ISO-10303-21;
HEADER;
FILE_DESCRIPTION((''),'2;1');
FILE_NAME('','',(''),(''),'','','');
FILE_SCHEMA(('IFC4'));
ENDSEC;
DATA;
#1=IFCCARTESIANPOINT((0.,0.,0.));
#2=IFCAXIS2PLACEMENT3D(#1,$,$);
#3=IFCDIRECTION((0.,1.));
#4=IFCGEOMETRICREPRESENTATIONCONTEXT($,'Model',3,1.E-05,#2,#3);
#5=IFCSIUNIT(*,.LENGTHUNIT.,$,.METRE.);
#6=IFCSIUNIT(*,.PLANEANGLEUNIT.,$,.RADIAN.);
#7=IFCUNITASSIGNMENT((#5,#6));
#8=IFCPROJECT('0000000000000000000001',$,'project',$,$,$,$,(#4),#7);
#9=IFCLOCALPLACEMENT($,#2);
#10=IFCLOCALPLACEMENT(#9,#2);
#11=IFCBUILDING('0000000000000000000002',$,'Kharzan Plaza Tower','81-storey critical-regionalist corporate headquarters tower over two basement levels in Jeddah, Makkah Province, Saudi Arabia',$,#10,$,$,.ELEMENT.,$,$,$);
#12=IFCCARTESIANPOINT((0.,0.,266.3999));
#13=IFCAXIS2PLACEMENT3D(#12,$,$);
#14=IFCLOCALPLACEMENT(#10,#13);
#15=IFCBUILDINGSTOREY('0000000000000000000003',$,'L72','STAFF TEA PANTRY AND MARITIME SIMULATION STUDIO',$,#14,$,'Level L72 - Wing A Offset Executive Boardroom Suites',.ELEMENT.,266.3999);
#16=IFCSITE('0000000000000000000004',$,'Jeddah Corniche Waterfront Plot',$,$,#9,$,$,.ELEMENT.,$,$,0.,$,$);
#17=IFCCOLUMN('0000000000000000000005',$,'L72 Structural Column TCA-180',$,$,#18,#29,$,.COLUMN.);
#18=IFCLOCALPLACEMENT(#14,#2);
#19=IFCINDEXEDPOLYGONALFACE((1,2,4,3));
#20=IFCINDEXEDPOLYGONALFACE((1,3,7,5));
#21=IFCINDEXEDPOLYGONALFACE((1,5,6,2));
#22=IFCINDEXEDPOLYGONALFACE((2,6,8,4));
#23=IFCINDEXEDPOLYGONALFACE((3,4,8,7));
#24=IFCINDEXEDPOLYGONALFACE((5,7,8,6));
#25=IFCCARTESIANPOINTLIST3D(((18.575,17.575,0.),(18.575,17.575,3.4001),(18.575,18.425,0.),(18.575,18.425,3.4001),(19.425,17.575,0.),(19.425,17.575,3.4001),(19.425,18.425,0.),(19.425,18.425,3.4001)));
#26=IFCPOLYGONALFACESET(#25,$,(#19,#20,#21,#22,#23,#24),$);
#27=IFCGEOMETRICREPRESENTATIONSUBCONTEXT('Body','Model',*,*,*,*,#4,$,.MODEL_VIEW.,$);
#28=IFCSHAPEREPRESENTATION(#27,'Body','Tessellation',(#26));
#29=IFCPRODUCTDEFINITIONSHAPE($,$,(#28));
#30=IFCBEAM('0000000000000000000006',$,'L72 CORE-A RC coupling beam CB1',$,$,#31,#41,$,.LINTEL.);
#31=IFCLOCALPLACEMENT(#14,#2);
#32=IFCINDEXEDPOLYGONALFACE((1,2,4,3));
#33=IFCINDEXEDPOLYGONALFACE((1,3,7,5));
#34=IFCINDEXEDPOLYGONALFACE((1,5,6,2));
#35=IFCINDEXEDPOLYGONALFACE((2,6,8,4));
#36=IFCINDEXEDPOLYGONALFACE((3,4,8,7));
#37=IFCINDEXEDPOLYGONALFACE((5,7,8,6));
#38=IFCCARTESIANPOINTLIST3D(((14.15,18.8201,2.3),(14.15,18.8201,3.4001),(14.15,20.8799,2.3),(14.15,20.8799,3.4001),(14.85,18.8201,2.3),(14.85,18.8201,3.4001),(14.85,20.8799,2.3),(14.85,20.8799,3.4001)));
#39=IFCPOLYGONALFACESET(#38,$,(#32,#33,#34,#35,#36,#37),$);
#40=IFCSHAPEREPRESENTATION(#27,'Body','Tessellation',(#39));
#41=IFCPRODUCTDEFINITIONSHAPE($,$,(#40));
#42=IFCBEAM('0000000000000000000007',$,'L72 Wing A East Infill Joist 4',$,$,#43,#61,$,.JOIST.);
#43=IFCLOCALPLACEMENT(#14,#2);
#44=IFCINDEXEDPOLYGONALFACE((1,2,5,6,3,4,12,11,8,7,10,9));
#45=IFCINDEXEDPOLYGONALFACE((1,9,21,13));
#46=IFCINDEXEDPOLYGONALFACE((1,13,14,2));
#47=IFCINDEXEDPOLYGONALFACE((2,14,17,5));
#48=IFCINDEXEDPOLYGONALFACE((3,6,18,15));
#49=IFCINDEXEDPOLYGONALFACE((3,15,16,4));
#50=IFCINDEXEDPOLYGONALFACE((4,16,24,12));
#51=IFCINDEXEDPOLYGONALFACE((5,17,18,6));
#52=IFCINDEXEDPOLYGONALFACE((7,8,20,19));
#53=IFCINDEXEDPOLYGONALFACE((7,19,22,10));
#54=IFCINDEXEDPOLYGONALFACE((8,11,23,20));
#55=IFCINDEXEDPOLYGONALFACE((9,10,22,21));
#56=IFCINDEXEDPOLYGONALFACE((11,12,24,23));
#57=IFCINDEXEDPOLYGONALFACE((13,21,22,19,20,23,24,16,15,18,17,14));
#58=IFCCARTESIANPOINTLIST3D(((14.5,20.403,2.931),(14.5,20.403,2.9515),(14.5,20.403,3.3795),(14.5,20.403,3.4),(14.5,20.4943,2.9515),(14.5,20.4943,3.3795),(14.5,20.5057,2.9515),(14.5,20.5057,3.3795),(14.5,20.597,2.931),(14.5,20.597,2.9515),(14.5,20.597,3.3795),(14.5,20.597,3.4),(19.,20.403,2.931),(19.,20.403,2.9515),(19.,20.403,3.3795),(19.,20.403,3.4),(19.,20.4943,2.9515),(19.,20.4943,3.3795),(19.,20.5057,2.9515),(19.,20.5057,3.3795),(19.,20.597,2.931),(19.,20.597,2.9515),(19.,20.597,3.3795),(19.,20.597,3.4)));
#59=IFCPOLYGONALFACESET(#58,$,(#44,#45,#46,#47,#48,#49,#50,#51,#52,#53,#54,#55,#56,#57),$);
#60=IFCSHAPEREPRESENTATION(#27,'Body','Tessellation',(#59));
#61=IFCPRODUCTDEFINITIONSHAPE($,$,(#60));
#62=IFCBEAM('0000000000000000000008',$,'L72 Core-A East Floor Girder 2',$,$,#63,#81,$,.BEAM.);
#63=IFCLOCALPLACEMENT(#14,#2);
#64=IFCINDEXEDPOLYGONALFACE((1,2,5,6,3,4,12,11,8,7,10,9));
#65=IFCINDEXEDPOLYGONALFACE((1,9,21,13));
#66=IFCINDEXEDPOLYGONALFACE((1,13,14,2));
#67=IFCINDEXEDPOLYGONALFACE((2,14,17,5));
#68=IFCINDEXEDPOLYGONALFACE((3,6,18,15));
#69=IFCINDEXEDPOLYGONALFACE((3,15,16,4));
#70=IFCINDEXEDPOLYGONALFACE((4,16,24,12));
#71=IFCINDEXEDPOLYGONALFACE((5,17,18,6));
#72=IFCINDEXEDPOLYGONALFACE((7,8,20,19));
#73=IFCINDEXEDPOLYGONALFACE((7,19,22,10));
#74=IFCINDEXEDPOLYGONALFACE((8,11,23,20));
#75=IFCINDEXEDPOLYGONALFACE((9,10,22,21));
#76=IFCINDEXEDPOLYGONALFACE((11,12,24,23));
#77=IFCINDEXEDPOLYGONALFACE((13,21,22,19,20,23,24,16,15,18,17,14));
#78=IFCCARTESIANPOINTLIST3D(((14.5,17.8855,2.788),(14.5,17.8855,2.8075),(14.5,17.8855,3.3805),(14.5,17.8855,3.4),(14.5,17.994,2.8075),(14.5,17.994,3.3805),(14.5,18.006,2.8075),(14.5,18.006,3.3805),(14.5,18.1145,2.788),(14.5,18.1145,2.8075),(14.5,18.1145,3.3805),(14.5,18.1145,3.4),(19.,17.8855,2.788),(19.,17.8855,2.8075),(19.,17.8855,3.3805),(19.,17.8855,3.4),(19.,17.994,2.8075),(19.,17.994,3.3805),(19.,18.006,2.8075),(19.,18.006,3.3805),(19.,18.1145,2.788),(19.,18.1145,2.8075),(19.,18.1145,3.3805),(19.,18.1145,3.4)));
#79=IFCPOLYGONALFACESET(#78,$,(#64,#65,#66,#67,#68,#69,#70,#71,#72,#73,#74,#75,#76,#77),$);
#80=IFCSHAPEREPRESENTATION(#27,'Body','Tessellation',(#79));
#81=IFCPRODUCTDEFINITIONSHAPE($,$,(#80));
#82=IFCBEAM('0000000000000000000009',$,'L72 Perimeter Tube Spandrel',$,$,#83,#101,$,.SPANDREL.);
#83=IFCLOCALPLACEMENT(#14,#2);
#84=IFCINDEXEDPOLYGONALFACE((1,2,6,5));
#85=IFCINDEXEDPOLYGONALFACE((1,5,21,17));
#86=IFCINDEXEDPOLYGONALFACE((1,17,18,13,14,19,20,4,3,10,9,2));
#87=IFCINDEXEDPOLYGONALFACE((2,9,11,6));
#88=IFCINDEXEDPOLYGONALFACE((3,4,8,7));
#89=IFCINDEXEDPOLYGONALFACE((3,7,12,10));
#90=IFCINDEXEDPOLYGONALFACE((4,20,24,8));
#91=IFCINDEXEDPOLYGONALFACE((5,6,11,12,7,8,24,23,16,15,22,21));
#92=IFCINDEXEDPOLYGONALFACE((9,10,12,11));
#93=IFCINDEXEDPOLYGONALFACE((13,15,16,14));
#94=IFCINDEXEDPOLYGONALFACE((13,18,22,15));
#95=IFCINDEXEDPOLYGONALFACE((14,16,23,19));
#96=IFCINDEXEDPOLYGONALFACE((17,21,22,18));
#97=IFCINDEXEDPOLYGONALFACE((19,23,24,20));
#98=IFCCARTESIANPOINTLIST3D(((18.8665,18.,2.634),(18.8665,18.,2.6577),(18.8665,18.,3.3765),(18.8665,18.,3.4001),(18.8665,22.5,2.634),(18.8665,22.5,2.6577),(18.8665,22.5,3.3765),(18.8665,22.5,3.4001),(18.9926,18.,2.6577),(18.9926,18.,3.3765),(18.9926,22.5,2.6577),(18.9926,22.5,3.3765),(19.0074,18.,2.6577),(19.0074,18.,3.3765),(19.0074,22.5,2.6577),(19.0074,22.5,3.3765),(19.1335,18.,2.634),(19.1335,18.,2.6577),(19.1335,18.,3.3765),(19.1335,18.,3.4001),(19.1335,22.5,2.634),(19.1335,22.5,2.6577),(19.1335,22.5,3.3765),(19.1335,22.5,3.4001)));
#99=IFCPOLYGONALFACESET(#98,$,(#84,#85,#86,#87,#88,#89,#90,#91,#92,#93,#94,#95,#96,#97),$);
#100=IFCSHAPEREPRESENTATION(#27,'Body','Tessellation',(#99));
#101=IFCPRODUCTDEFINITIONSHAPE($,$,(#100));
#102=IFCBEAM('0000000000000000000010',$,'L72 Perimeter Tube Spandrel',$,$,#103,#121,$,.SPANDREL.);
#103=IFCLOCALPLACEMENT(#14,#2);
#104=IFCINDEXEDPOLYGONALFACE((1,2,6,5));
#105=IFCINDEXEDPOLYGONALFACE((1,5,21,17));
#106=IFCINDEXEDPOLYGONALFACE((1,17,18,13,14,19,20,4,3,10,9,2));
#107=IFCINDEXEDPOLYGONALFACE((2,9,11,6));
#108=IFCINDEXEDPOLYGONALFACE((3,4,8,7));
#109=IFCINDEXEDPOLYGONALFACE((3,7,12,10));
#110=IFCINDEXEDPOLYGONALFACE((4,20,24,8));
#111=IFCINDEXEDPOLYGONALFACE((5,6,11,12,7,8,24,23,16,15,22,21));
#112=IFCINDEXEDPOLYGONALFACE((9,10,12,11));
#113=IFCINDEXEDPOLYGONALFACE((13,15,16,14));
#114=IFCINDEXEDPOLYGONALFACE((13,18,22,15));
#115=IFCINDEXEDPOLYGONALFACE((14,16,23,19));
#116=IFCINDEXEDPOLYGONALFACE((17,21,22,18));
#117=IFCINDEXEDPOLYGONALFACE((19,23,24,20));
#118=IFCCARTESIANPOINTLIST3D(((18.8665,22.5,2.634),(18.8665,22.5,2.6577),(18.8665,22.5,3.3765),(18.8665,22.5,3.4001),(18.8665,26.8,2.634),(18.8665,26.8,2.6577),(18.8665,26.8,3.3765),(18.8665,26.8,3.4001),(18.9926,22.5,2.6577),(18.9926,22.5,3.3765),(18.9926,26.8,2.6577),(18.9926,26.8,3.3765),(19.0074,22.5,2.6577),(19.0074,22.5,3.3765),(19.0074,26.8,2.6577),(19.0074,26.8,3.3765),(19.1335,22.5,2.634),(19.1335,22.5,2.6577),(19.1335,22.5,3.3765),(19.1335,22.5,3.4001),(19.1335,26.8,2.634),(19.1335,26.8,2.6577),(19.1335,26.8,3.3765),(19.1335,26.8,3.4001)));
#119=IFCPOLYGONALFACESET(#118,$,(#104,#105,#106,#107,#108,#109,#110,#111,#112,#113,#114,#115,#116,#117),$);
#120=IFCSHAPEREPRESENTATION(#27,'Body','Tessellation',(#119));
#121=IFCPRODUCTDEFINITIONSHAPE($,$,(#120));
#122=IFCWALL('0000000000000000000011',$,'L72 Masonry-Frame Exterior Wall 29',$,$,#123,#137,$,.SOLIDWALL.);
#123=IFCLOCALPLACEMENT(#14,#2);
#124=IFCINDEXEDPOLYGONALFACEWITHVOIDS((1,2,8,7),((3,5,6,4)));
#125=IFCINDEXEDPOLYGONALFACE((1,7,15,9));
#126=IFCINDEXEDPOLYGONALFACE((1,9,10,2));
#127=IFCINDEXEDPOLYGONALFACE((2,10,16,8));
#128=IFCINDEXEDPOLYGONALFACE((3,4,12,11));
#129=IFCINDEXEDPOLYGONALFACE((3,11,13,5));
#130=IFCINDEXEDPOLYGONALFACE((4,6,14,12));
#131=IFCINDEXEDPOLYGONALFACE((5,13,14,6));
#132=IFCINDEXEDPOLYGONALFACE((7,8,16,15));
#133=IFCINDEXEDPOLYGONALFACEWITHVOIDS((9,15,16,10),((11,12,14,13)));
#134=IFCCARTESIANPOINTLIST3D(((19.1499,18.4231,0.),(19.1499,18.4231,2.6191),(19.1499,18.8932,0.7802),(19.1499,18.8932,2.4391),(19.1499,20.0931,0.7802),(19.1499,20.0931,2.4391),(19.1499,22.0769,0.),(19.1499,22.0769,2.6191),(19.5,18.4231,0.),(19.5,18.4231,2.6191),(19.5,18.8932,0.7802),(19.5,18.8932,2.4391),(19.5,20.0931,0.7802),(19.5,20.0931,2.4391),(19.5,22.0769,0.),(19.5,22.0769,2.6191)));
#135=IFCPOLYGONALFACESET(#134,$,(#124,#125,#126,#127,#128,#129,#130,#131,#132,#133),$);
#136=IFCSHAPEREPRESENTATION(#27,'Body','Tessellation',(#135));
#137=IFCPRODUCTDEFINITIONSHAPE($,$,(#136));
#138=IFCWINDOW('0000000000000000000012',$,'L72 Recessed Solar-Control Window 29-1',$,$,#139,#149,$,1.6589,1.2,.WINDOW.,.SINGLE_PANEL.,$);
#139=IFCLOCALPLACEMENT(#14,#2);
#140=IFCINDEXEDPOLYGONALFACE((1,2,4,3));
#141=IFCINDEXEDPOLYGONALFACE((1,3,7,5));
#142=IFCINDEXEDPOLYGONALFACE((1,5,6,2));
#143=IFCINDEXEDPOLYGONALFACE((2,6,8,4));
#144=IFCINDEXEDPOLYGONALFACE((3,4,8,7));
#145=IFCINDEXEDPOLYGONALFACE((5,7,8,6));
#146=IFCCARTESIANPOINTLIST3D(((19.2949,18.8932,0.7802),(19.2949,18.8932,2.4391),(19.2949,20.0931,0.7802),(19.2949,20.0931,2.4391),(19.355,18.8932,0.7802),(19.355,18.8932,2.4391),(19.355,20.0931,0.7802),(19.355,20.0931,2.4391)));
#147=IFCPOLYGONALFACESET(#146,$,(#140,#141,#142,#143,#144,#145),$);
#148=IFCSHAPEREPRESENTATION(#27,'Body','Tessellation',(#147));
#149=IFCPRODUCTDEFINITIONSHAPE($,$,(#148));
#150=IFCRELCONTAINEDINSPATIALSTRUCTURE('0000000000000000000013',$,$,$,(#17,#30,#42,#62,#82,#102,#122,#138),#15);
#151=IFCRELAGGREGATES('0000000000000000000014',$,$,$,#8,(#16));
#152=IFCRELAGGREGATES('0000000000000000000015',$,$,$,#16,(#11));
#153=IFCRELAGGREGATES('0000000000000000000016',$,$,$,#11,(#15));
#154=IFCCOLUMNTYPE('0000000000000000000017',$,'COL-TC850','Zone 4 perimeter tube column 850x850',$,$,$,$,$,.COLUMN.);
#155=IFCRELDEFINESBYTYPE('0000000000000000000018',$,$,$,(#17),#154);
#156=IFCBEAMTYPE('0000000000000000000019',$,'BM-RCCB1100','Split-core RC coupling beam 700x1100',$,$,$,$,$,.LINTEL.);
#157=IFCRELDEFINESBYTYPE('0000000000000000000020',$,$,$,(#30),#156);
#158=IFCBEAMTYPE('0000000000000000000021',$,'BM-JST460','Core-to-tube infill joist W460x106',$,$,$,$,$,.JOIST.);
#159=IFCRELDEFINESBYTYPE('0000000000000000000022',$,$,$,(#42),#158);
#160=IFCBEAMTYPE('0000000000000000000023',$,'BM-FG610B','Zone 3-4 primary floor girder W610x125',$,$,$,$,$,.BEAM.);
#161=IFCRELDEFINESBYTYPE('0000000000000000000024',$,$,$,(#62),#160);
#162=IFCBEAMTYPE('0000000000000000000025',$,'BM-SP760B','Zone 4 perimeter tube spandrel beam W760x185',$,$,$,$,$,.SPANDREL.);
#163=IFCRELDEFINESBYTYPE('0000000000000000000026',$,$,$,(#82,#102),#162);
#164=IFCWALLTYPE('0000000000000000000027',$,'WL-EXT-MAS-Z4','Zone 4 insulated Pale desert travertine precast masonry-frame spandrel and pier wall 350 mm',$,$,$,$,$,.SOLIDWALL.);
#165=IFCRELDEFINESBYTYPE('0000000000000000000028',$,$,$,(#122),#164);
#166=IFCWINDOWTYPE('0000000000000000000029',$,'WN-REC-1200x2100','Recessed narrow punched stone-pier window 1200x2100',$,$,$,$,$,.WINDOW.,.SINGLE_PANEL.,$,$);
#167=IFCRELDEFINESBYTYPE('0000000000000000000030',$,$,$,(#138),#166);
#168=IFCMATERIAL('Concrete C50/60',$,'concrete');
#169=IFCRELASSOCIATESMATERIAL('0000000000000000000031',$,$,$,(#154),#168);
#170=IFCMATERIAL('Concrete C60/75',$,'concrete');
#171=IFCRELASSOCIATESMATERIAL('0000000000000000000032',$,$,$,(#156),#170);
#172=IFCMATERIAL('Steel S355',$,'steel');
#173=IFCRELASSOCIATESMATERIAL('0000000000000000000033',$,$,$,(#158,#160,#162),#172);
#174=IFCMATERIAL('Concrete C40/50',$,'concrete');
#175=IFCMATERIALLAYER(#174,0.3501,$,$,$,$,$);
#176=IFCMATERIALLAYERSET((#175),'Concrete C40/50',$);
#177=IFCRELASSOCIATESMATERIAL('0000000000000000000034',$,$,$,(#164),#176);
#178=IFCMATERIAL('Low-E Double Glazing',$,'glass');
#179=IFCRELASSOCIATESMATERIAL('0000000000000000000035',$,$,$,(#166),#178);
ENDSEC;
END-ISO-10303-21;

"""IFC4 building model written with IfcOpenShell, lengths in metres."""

from ifc_helpers import new_model, si_unit, direction, frame, frame_2d, origin, origin_2d, place, context, subcontext, project, spatial, rectangle, i_section, extrude, source, transform, mapped, material, layer, layer_set, material_profile, profile_set, type_object, element, fill, save


model = new_model("IFC4")

# Units and contexts
model_context = context("Model", 3, precision=1e-05, world=origin(), true_north=direction((0.0, 1.0)))
body_context = subcontext(model_context, "Body", "Model", "MODEL_VIEW")
ifc_project = project(units=[si_unit("LENGTHUNIT", "METRE"), si_unit("PLANEANGLEUNIT", "RADIAN")], contexts=[model_context])

# Site, building, storey
site_placement = place(None, origin())
site = spatial("IfcSite", under=ifc_project, at=site_placement, Name="Jeddah Corniche Waterfront Plot", CompositionType="ELEMENT", RefElevation=0.0)
building_placement = place(site_placement, origin())
building = spatial("IfcBuilding", under=site, at=building_placement, Name="Kharzan Plaza Tower", Description="81-storey critical-regionalist corporate headquarters tower over two basement levels in Jeddah, Makkah Province, Saudi Arabia", CompositionType="ELEMENT")
storey_placement = place(building_placement, frame((0.0, 0.0, 266.3999)))
storey = spatial("IfcBuildingStorey", under=building, at=storey_placement, Name="L72", Description="STAFF TEA PANTRY AND MARITIME SIMULATION STUDIO", LongName="Level L72 - Wing A Offset Executive Boardroom Suites", CompositionType="ELEMENT", Elevation=266.3999)

# Column
ifc_material_1 = material(Name="Concrete C50/60", Category="concrete")
ifc_material_profile_1 = material_profile(ifc_material_1, rectangle(XDim=0.8501, YDim=0.8501, at=origin_2d()), Name="RC-TC850x850")
ifc_profile_set_1 = profile_set([ifc_material_profile_1], Name="Concrete C50/60")
column_type = type_object("IfcColumnType", Name="COL-TC850", Description="Zone 4 perimeter tube column 850x850", PredefinedType="COLUMN", material=ifc_profile_set_1)
shared_shape_1 = source(origin(), body_context, "Body", "SweptSolid", [
    extrude(rectangle(XDim=0.8501, YDim=0.8501, at=origin_2d()), origin(), (0.0, 0.0, 1.0), 3.4001),
])
column_placement = place(storey_placement, frame((19.0, 18.0, 0.0), z_axis=(0.0, 0.0, 1.0), x_axis=(1.0, 0.0, 0.0)))
element("IfcColumn", 1, at=column_placement, inside=storey, type_object=column_type, Name="L72 Structural Column TCA-180", PredefinedType="COLUMN", context=body_context, shape_type="MappedRepresentation", body=[
    mapped(shared_shape_1, transform((0.0, 0.0, 0.0), x_axis=(1.0, 0.0, 0.0), y_axis=(0.0, 1.0, 0.0), z_axis=(0.0, 0.0, 1.0))),
])

# Beams
ifc_material_2 = material(Name="Concrete C60/75", Category="concrete")
ifc_material_profile_2 = material_profile(ifc_material_2, rectangle(XDim=0.7, YDim=1.1001, at=origin_2d()), Name="RC-CB1100x700")
ifc_profile_set_2 = profile_set([ifc_material_profile_2], Name="Concrete C60/75")
beam_type_1 = type_object("IfcBeamType", Name="BM-RCCB1100", Description="Split-core RC coupling beam 700x1100", PredefinedType="LINTEL", material=ifc_profile_set_2)
shared_shape_2 = source(origin(), body_context, "Body", "SweptSolid", [
    extrude(rectangle(XDim=0.7, YDim=1.1001, at=origin_2d()), origin(), (0.0, 0.0, 1.0), 2.0598),
])
beam_1_placement = place(storey_placement, frame((14.5, 18.8201, 2.8501), z_axis=(0.0, 1.0, 0.0), x_axis=(-1.0, 0.0, 0.0)))
element("IfcBeam", 2, at=beam_1_placement, inside=storey, type_object=beam_type_1, Name="L72 CORE-A RC coupling beam CB1", PredefinedType="LINTEL", context=body_context, shape_type="MappedRepresentation", body=[
    mapped(shared_shape_2, transform((0.0, 0.0, 0.0), x_axis=(1.0, 0.0, 0.0), y_axis=(0.0, 1.0, 0.0), z_axis=(0.0, 0.0, 1.0))),
])
ifc_material_3 = material(Name="Steel S355", Category="steel")
ifc_material_profile_3 = material_profile(ifc_material_3, i_section(OverallWidth=0.1941, OverallDepth=0.469, WebThickness=0.0115, FlangeThickness=0.0205, at=origin_2d()), Name="W460x106")
ifc_profile_set_3 = profile_set([ifc_material_profile_3], Name="Steel S355")
beam_type_2 = type_object("IfcBeamType", Name="BM-JST460", Description="Core-to-tube infill joist W460x106", PredefinedType="JOIST", material=ifc_profile_set_3)
shared_shape_3 = source(origin(), body_context, "Body", "SweptSolid", [
    extrude(i_section(OverallWidth=0.1941, OverallDepth=0.469, WebThickness=0.0115, FlangeThickness=0.0205, at=origin_2d()), origin(), (0.0, 0.0, 1.0), 4.5),
])
beam_2_placement = place(storey_placement, frame((14.5, 20.5, 3.1655), z_axis=(1.0, 0.0, 0.0), x_axis=(0.0, 1.0, 0.0)))
element("IfcBeam", 3, at=beam_2_placement, inside=storey, type_object=beam_type_2, Name="L72 Wing A East Infill Joist 4", PredefinedType="JOIST", context=body_context, shape_type="MappedRepresentation", body=[
    mapped(shared_shape_3, transform((0.0, 0.0, 0.0), x_axis=(1.0, 0.0, 0.0), y_axis=(0.0, 1.0, 0.0), z_axis=(0.0, 0.0, 1.0))),
])
ifc_material_profile_4 = material_profile(ifc_material_3, i_section(OverallWidth=0.229, OverallDepth=0.6121, WebThickness=0.012, FlangeThickness=0.0195, at=origin_2d()), Name="W610x125")
ifc_profile_set_4 = profile_set([ifc_material_profile_4], Name="Steel S355")
beam_type_3 = type_object("IfcBeamType", Name="BM-FG610B", Description="Zone 3-4 primary floor girder W610x125", PredefinedType="BEAM", material=ifc_profile_set_4)
shared_shape_4 = source(origin(), body_context, "Body", "SweptSolid", [
    extrude(i_section(OverallWidth=0.229, OverallDepth=0.6121, WebThickness=0.012, FlangeThickness=0.0195, at=origin_2d()), origin(), (0.0, 0.0, 1.0), 4.5),
])
beam_3_placement = place(storey_placement, frame((14.5, 18.0, 3.094), z_axis=(1.0, 0.0, 0.0), x_axis=(0.0, 1.0, 0.0)))
element("IfcBeam", 4, at=beam_3_placement, inside=storey, type_object=beam_type_3, Name="L72 Core-A East Floor Girder 2", PredefinedType="BEAM", context=body_context, shape_type="MappedRepresentation", body=[
    mapped(shared_shape_4, transform((0.0, 0.0, 0.0), x_axis=(1.0, 0.0, 0.0), y_axis=(0.0, 1.0, 0.0), z_axis=(0.0, 0.0, 1.0))),
])
ifc_material_profile_5 = material_profile(ifc_material_3, i_section(OverallWidth=0.2671, OverallDepth=0.7661, WebThickness=0.0149, FlangeThickness=0.0237, at=origin_2d()), Name="W760x185")
ifc_profile_set_5 = profile_set([ifc_material_profile_5], Name="Steel S355")
beam_type_4 = type_object("IfcBeamType", Name="BM-SP760B", Description="Zone 4 perimeter tube spandrel beam W760x185", PredefinedType="SPANDREL", material=ifc_profile_set_5)
shared_shape_5 = source(origin(), body_context, "Body", "SweptSolid", [
    extrude(i_section(OverallWidth=0.2671, OverallDepth=0.7661, WebThickness=0.0149, FlangeThickness=0.0237, at=origin_2d()), origin(), (0.0, 0.0, 1.0), 4.5),
])
beam_4_placement = place(storey_placement, frame((19.0, 18.0, 3.0171), z_axis=(0.0, 1.0, 0.0), x_axis=(-1.0, 0.0, 0.0)))
element("IfcBeam", 5, at=beam_4_placement, inside=storey, type_object=beam_type_4, Name="L72 Perimeter Tube Spandrel", PredefinedType="SPANDREL", context=body_context, shape_type="MappedRepresentation", body=[
    mapped(shared_shape_5, transform((0.0, 0.0, 0.0), x_axis=(1.0, 0.0, 0.0), y_axis=(0.0, 1.0, 0.0), z_axis=(0.0, 0.0, 1.0))),
])
shared_shape_6 = source(origin(), body_context, "Body", "SweptSolid", [
    extrude(i_section(OverallWidth=0.2671, OverallDepth=0.7661, WebThickness=0.0149, FlangeThickness=0.0237, at=origin_2d()), origin(), (0.0, 0.0, 1.0), 4.3),
])
beam_5_placement = place(storey_placement, frame((19.0, 22.5, 3.0171), z_axis=(0.0, 1.0, 0.0), x_axis=(-1.0, 0.0, 0.0)))
element("IfcBeam", 6, at=beam_5_placement, inside=storey, type_object=beam_type_4, Name="L72 Perimeter Tube Spandrel", PredefinedType="SPANDREL", context=body_context, shape_type="MappedRepresentation", body=[
    mapped(shared_shape_6, transform((0.0, 0.0, 0.0), x_axis=(1.0, 0.0, 0.0), y_axis=(0.0, 1.0, 0.0), z_axis=(0.0, 0.0, 1.0))),
])

# Wall, opening, window
ifc_material_4 = material(Name="Concrete C40/50", Category="concrete")
ifc_layer_1 = layer(ifc_material_4, 0.3501)
ifc_layer_set_1 = layer_set([ifc_layer_1], Name="Concrete C40/50")
wall_type_1 = type_object("IfcWallType", Name="WL-EXT-MAS-Z4", Description="Zone 4 insulated Pale desert travertine precast masonry-frame spandrel and pier wall 350 mm", PredefinedType="SOLIDWALL", material=ifc_layer_set_1)
wall_1_placement = place(storey_placement, frame((19.325, 18.4231, 0.0), z_axis=(0.0, 0.0, 1.0), x_axis=(0.0, 1.0, 0.0)))
wall_1 = element("IfcWall", 7, at=wall_1_placement, inside=storey, type_object=wall_type_1, Name="L72 Masonry-Frame Exterior Wall 29", PredefinedType="SOLIDWALL", context=body_context, shape_type="SweptSolid", body=[
    extrude(rectangle(XDim=3.6538, YDim=0.3501, at=frame_2d((1.8269, 0.0))), origin(), (0.0, 0.0, 1.0), 2.6191),
])
opening_1_placement = place(wall_1_placement, frame((0.47, 0.0, 0.78)))
opening_1 = element("IfcOpeningElement", 8, at=opening_1_placement, cuts=wall_1, PredefinedType="OPENING", context=body_context, shape_type="SweptSolid", body=[
    extrude(rectangle(XDim=1.2, YDim=1.6589, at=frame_2d((0.6001, 0.8296))), frame((0.0, 0.1851, 0.0), z_axis=(0.0, -1.0, 0.0), x_axis=(1.0, 0.0, 0.0)), (0.0, 0.0, 1.0), 0.3701),
])
ifc_material_5 = material(Name="Low-E Double Glazing", Category="glass")
window_type = type_object("IfcWindowType", Name="WN-REC-1200x2100", Description="Recessed narrow punched stone-pier window 1200x2100", PartitioningType="SINGLE_PANEL", PredefinedType="WINDOW", material=ifc_material_5)
shared_shape_7 = source(origin(), body_context, "Body", "SweptSolid", [
    extrude(rectangle(XDim=1.2, YDim=1.6589, at=frame_2d((0.6001, 0.8296))), frame((0.0, 0.03, 0.0), z_axis=(0.0, -1.0, 0.0), x_axis=(1.0, 0.0, 0.0)), (0.0, 0.0, 1.0), 0.0601),
])
window_placement = place(opening_1_placement, origin())
window = element("IfcWindow", 9, at=window_placement, inside=storey, type_object=window_type, Name="L72 Recessed Solar-Control Window 29-1", OverallHeight=1.6589, OverallWidth=1.2, PartitioningType="SINGLE_PANEL", PredefinedType="WINDOW", context=body_context, shape_type="MappedRepresentation", body=[
    mapped(shared_shape_7, transform((0.0, 0.0, 0.0), x_axis=(1.0, 0.0, 0.0), y_axis=(0.0, 1.0, 0.0), z_axis=(0.0, 0.0, 1.0))),
])
fill(opening_1, window)

save(model, "model.ifc")
